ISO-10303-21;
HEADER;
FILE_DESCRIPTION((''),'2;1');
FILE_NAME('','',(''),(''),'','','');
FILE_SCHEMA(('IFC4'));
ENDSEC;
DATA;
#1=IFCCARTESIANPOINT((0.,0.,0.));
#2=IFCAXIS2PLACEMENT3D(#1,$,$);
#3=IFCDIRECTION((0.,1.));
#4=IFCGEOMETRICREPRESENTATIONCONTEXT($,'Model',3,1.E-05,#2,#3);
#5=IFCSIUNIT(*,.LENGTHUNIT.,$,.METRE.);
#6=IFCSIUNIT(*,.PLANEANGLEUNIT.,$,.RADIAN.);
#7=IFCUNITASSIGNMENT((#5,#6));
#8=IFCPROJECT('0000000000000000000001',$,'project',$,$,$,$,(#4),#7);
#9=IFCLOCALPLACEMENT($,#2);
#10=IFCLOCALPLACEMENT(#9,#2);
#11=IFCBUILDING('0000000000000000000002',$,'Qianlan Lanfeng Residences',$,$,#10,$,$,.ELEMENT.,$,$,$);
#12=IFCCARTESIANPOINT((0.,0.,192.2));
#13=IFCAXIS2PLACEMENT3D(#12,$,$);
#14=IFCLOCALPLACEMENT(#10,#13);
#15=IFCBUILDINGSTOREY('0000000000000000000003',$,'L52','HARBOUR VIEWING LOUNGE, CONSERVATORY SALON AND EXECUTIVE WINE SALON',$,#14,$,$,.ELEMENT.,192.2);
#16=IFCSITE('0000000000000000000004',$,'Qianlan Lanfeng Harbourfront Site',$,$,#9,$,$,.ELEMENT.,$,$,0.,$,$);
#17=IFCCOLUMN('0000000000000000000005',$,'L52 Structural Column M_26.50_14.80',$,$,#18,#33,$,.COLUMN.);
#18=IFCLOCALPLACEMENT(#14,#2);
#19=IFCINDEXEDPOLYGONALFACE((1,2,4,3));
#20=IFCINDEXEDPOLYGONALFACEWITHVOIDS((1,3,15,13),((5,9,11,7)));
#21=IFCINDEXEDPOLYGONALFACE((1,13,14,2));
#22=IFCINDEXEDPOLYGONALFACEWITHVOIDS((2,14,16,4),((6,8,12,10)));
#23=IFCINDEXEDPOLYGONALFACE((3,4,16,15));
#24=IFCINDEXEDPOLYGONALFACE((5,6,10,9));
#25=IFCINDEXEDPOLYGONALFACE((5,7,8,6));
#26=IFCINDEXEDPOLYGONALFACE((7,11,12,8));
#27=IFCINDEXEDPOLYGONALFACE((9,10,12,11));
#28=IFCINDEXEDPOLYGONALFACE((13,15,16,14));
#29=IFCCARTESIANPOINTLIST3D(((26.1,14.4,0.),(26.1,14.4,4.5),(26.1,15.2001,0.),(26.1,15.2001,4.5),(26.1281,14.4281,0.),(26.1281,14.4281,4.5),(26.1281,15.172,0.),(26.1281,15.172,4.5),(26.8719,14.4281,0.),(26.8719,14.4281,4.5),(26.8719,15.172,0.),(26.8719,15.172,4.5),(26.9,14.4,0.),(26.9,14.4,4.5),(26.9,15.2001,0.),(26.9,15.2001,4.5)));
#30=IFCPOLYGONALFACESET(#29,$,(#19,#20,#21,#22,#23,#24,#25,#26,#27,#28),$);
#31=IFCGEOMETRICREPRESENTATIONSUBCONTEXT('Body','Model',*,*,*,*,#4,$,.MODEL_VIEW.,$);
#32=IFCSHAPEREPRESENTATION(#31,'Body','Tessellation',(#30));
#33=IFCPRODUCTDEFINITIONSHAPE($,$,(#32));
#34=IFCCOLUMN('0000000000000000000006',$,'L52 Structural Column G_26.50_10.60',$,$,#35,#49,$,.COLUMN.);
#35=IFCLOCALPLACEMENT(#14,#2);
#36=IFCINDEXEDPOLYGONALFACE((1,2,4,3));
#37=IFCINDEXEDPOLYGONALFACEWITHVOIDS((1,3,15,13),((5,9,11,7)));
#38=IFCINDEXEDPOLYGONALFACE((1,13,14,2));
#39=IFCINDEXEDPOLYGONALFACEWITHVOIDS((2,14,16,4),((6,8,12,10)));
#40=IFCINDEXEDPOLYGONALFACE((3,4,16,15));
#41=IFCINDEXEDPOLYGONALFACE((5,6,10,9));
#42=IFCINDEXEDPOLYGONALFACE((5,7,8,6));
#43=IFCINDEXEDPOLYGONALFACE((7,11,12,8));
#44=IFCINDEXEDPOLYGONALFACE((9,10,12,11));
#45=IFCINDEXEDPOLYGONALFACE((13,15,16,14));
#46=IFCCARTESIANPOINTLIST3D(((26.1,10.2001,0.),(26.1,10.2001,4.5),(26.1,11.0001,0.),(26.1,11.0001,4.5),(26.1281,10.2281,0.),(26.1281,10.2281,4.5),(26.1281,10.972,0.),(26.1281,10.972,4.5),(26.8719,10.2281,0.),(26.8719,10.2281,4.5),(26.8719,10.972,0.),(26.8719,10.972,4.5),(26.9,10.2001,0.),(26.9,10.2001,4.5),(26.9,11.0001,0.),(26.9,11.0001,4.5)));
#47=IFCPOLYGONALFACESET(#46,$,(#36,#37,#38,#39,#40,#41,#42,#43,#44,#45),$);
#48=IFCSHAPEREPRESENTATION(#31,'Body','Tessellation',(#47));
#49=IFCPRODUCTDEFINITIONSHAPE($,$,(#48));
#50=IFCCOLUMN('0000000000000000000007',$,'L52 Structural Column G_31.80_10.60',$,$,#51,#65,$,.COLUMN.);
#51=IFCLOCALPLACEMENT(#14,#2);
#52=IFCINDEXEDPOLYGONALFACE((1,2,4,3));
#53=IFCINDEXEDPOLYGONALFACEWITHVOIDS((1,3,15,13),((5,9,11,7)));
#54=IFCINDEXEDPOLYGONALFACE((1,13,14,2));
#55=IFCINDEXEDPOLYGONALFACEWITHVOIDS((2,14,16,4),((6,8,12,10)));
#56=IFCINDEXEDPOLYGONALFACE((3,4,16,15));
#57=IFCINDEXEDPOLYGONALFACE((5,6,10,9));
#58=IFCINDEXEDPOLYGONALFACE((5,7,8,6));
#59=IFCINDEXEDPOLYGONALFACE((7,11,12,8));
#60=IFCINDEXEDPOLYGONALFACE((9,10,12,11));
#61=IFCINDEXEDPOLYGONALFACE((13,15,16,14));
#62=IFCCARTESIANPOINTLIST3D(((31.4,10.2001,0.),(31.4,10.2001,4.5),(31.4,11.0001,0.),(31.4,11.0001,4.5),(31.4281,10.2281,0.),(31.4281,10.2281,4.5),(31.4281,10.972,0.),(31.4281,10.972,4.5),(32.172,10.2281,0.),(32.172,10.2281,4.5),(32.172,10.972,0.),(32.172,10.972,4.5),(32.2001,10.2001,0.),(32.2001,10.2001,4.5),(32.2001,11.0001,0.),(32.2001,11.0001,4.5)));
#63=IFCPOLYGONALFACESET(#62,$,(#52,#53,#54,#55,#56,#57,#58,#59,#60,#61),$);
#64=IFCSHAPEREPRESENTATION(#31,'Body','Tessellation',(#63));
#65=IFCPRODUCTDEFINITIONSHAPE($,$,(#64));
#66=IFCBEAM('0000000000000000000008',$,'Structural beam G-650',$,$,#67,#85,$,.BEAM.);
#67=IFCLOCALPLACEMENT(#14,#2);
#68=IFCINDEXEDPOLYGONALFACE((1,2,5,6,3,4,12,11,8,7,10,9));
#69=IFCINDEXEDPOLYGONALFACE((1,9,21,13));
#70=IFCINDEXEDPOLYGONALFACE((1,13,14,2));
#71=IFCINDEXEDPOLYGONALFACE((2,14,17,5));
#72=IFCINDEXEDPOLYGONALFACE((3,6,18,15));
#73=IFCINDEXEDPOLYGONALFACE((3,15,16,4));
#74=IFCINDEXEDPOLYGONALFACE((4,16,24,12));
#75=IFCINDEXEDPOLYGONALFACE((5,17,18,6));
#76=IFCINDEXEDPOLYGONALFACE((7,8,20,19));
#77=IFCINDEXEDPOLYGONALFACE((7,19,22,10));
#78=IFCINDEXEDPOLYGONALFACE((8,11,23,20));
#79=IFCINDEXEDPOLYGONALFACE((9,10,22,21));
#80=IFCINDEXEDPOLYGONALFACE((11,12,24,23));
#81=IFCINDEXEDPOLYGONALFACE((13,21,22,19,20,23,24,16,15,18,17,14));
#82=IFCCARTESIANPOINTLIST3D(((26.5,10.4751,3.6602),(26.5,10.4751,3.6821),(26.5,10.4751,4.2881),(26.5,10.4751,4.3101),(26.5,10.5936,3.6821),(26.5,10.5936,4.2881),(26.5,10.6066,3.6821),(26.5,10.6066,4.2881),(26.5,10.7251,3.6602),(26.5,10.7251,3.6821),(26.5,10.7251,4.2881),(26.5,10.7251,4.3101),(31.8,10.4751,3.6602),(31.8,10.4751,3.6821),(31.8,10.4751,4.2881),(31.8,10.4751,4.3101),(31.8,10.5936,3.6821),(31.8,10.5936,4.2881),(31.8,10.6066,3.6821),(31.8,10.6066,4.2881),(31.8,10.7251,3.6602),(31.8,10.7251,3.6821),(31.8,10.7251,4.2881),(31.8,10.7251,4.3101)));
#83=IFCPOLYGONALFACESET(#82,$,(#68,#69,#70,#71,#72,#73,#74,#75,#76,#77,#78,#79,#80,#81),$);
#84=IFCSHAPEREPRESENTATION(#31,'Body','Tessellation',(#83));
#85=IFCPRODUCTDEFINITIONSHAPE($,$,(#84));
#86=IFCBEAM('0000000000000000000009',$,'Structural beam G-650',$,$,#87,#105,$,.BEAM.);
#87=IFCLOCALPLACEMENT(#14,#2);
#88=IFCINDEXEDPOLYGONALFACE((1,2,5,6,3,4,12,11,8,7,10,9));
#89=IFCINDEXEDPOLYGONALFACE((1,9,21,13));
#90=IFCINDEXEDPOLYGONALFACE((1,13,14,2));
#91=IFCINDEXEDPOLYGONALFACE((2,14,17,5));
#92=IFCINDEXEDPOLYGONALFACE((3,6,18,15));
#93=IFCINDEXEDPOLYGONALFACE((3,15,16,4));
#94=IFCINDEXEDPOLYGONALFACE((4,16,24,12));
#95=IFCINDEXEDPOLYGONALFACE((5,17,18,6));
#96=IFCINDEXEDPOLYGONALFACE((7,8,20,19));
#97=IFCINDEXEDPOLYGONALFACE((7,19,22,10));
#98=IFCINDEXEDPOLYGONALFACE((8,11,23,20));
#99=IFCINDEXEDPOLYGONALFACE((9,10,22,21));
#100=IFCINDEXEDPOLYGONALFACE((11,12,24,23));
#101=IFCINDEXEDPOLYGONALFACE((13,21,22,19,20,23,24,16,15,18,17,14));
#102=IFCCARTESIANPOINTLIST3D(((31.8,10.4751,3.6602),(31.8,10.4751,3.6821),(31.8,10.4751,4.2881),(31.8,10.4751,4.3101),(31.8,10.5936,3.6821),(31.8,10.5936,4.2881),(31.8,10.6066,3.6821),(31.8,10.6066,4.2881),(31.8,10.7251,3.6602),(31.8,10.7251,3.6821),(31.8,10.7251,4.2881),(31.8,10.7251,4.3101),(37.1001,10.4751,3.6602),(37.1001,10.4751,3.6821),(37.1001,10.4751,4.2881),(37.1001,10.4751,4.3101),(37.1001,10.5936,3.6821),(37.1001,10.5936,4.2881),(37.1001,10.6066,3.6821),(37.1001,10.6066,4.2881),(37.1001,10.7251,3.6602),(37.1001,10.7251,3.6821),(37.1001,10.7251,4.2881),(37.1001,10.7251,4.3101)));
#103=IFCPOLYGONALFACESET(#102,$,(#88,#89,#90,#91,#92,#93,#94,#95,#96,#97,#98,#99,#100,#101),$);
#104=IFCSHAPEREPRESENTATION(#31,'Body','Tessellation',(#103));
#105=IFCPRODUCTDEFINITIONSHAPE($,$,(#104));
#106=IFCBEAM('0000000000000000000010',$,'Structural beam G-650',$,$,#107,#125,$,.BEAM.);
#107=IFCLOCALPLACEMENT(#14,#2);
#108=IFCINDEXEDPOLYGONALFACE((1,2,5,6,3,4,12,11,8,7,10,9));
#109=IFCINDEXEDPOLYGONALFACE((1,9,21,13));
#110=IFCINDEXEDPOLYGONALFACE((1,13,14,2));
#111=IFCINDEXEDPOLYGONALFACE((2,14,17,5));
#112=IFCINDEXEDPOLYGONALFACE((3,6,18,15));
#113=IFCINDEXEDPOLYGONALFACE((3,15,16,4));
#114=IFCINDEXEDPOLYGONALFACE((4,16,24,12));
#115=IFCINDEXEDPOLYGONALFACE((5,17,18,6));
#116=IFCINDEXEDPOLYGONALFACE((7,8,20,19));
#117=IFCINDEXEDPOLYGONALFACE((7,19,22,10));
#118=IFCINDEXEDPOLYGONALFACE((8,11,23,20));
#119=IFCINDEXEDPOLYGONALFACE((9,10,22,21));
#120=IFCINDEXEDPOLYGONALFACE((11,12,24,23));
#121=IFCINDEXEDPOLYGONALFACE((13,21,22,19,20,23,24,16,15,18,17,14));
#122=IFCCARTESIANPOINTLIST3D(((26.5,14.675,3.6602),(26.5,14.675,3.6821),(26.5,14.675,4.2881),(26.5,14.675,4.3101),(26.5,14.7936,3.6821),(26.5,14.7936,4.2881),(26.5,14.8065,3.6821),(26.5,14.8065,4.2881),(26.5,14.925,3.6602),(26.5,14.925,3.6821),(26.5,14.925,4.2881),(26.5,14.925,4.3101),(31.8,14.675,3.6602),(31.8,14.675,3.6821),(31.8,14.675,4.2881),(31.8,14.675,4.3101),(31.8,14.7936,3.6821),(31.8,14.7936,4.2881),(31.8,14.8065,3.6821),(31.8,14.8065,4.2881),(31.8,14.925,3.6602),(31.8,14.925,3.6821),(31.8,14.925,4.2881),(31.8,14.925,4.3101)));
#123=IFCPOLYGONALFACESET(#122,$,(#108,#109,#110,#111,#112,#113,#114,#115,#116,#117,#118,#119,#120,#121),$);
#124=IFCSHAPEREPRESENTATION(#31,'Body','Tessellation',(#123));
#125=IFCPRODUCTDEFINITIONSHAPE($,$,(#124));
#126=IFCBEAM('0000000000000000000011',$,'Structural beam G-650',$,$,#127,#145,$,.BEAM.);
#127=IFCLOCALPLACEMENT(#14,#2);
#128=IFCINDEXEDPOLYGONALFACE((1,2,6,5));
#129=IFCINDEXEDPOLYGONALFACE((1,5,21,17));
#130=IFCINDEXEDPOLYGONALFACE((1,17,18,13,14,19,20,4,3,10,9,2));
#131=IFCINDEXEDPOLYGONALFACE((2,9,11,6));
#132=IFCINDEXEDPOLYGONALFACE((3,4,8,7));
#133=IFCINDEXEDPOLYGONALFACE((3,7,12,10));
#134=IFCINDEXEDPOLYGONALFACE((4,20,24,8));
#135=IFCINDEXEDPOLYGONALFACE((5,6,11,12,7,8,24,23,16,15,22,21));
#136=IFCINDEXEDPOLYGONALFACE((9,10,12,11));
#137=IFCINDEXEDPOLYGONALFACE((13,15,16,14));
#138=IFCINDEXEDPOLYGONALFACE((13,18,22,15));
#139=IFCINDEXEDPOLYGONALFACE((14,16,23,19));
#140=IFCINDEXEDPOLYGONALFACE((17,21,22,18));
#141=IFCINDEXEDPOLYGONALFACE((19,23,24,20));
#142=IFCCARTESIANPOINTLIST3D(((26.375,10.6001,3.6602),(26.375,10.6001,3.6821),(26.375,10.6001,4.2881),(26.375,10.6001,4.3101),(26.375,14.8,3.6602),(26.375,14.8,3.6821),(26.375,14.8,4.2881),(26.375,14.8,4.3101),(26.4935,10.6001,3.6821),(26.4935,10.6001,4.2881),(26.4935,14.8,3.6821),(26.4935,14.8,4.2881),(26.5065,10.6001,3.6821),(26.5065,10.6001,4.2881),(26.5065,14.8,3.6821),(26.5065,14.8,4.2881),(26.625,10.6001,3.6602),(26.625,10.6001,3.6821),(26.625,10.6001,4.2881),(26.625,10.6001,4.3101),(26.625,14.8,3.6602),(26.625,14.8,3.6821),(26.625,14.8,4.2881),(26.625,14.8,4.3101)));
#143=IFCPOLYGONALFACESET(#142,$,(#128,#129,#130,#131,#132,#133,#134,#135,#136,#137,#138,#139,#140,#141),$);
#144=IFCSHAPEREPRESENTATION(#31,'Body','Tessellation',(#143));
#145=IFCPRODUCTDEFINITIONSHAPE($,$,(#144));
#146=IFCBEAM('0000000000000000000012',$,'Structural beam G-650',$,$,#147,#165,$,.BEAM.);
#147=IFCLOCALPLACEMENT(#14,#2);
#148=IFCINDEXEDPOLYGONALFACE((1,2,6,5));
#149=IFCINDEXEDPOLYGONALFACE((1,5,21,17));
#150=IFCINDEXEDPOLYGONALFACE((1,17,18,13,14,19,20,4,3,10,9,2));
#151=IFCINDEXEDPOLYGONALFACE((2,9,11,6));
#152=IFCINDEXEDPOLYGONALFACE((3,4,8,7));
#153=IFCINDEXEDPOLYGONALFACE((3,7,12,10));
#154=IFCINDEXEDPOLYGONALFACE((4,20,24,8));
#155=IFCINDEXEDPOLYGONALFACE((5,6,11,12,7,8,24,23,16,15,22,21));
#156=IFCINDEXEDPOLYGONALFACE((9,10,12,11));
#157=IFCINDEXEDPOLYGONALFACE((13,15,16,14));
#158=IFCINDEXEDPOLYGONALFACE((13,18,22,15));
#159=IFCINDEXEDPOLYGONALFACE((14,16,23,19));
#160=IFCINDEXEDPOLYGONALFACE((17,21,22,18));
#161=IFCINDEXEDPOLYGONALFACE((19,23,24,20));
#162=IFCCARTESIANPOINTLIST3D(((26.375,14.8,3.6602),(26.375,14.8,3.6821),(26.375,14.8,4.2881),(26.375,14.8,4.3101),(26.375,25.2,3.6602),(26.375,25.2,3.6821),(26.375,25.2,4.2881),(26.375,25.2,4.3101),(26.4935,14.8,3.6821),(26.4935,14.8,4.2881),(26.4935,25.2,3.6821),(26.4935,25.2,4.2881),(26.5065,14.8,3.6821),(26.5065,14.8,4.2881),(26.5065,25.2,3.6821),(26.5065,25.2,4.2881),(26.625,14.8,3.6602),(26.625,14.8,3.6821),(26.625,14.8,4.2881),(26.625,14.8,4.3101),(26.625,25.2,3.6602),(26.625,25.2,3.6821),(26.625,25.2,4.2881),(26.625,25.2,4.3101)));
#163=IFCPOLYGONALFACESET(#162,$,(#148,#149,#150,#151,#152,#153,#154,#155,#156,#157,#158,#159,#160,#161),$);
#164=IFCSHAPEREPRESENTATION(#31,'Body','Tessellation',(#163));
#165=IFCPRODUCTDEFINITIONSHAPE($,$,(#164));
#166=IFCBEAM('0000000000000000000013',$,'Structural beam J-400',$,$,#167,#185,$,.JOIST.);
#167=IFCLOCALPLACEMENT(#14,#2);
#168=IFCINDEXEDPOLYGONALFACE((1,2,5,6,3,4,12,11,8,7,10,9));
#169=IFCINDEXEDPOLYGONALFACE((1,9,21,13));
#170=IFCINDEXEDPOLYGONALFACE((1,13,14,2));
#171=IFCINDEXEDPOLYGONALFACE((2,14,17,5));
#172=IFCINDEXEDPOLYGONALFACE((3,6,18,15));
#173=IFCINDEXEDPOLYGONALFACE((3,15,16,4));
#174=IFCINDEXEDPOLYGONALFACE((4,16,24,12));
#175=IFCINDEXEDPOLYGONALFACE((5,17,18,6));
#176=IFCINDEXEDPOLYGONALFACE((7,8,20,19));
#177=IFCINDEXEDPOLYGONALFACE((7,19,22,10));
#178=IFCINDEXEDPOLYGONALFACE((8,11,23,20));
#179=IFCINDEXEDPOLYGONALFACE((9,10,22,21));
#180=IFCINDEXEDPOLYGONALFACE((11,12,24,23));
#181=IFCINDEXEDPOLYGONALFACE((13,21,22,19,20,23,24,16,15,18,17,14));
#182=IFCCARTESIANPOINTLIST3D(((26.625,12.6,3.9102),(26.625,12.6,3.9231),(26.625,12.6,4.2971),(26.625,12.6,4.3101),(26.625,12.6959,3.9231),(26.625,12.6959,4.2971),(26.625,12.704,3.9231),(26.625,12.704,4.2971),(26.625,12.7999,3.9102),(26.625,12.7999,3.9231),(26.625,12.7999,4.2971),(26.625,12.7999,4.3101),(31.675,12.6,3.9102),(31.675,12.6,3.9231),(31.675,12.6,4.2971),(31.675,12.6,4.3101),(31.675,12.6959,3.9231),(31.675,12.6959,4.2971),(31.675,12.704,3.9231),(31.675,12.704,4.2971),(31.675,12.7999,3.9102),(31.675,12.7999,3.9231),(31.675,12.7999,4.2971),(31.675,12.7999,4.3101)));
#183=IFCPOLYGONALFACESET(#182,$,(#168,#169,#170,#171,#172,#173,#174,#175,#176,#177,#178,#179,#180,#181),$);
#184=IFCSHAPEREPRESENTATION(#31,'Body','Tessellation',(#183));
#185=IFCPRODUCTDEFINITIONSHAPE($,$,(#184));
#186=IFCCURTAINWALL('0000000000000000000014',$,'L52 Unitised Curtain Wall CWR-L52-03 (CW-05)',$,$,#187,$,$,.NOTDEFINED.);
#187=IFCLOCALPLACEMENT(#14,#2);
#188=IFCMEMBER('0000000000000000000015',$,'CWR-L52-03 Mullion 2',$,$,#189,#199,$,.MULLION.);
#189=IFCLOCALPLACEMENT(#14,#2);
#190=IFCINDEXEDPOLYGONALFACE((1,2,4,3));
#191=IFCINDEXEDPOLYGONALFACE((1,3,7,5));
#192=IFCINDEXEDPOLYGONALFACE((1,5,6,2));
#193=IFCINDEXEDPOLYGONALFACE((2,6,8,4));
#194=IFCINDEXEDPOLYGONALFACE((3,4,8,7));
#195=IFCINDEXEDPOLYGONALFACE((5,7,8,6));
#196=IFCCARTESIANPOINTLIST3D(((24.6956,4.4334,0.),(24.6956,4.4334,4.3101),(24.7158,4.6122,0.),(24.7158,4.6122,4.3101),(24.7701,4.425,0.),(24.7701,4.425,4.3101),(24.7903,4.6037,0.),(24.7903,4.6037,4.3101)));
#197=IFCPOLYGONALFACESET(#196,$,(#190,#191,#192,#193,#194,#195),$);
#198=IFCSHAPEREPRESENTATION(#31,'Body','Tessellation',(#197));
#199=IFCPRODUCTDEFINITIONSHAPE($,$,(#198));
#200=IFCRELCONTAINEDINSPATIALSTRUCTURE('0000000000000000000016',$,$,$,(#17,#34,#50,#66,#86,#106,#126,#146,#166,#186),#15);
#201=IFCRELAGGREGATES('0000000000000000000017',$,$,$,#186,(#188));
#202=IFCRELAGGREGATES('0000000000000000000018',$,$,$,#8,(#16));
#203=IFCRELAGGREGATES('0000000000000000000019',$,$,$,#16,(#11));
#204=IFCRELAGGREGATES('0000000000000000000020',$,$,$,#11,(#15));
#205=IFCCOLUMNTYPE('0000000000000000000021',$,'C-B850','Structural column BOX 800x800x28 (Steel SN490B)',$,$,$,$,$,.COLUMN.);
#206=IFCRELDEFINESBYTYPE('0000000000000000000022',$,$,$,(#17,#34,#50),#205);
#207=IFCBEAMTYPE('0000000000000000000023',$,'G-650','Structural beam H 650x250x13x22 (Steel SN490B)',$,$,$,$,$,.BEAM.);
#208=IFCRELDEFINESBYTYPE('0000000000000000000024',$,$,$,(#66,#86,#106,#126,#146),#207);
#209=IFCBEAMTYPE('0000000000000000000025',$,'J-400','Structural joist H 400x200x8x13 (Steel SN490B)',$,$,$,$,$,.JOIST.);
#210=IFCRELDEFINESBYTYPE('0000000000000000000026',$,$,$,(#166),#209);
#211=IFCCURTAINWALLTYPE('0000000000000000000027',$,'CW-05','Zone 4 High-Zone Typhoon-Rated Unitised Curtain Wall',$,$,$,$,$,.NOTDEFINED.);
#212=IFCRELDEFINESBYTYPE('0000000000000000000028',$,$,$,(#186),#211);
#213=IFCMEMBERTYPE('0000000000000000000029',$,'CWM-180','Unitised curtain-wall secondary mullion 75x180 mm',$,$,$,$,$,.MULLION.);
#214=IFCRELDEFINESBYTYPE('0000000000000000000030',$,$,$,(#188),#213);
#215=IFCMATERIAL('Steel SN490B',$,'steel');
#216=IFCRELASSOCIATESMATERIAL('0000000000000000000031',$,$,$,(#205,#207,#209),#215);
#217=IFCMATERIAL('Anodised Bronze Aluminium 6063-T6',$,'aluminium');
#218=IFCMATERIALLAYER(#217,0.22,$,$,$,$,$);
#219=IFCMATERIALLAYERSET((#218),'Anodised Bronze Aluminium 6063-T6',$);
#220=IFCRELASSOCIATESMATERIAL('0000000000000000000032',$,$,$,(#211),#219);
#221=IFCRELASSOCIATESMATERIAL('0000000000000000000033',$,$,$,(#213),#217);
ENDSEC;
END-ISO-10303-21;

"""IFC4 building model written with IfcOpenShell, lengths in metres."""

from ifc_helpers import new_model, si_unit, direction, frame, origin, origin_2d, place, context, subcontext, project, spatial, rectangle, hollow_rectangle, i_section, extrude, source, transform, mapped, material, layer, layer_set, material_profile, profile_set, type_object, element, aggregate, save


model = new_model("IFC4")

# Units and contexts
model_context = context("Model", 3, precision=1e-05, world=origin(), true_north=direction((0.0, 1.0)))
body_context = subcontext(model_context, "Body", "Model", "MODEL_VIEW")
ifc_project = project(units=[si_unit("LENGTHUNIT", "METRE"), si_unit("PLANEANGLEUNIT", "RADIAN")], contexts=[model_context])

# Site, building, storey
site_placement = place(None, origin())
site = spatial("IfcSite", under=ifc_project, at=site_placement, Name="Qianlan Lanfeng Harbourfront Site", CompositionType="ELEMENT", RefElevation=0.0)
building_placement = place(site_placement, origin())
building = spatial("IfcBuilding", under=site, at=building_placement, Name="Qianlan Lanfeng Residences", CompositionType="ELEMENT")
storey_placement = place(building_placement, frame((0.0, 0.0, 192.2)))
storey = spatial("IfcBuildingStorey", under=building, at=storey_placement, Name="L52", Description="HARBOUR VIEWING LOUNGE, CONSERVATORY SALON AND EXECUTIVE WINE SALON", CompositionType="ELEMENT", Elevation=192.2)

# Columns
ifc_material_1 = material(Name="Steel SN490B", Category="steel")
ifc_material_profile_1 = material_profile(ifc_material_1, hollow_rectangle(XDim=0.8, YDim=0.8, WallThickness=0.0281, at=origin_2d()), Name="BOX 800x800x28")
ifc_profile_set_1 = profile_set([ifc_material_profile_1], Name="Steel SN490B")
column_type = type_object("IfcColumnType", Name="C-B850", Description="Structural column BOX 800x800x28 (Steel SN490B)", PredefinedType="COLUMN", material=ifc_profile_set_1)
for number, where, z_axis, x_axis, name in (
    (1, (26.5, 14.8, 0.0), (0.0, 0.0, 1.0), (1.0, 0.0, 0.0), "L52 Structural Column M_26.50_14.80"),
    (2, (26.5, 10.6001, 0.0), (0.0, 0.0, 1.0), (1.0, 0.0, 0.0), "L52 Structural Column G_26.50_10.60"),
    (3, (31.8, 10.6001, 0.0), (0.0, 0.0, 1.0), (1.0, 0.0, 0.0), "L52 Structural Column G_31.80_10.60"),
):
    element("IfcColumn", number, at=place(storey_placement, frame(where, z_axis=z_axis, x_axis=x_axis)), inside=storey, type_object=column_type, Name=name, PredefinedType="COLUMN", context=body_context, shape_type="SweptSolid", body=[
        extrude(hollow_rectangle(XDim=0.8, YDim=0.8, WallThickness=0.0281, at=origin_2d()), origin(), (0.0, 0.0, 1.0), 4.5),
    ])

# Beams
ifc_material_profile_2 = material_profile(ifc_material_1, i_section(OverallWidth=0.25, OverallDepth=0.6499, WebThickness=0.0129, FlangeThickness=0.022, at=origin_2d()), Name="H 650x250x13x22")
ifc_profile_set_2 = profile_set([ifc_material_profile_2], Name="Steel SN490B")
beam_type_1 = type_object("IfcBeamType", Name="G-650", Description="Structural beam H 650x250x13x22 (Steel SN490B)", PredefinedType="BEAM", material=ifc_profile_set_2)
for number, where, z_axis, x_axis, name in (
    (4, (26.5, 10.6001, 3.9851), (1.0, 0.0, 0.0), (0.0, 1.0, 0.0), "Structural beam G-650"),
    (5, (31.8, 10.6001, 3.9851), (1.0, 0.0, 0.0), (0.0, 1.0, 0.0), "Structural beam G-650"),
    (6, (26.5, 14.8, 3.9851), (1.0, 0.0, 0.0), (0.0, 1.0, 0.0), "Structural beam G-650"),
):
    element("IfcBeam", number, at=place(storey_placement, frame(where, z_axis=z_axis, x_axis=x_axis)), inside=storey, type_object=beam_type_1, Name=name, PredefinedType="BEAM", context=body_context, shape_type="SweptSolid", body=[
        extrude(i_section(OverallWidth=0.25, OverallDepth=0.6499, WebThickness=0.0129, FlangeThickness=0.022, at=origin_2d()), origin(), (0.0, 0.0, 1.0), 5.3),
    ])
beam_1_placement = place(storey_placement, frame((26.5, 10.6001, 3.9851), z_axis=(0.0, 1.0, 0.0), x_axis=(-1.0, 0.0, 0.0)))
element("IfcBeam", 7, at=beam_1_placement, inside=storey, type_object=beam_type_1, Name="Structural beam G-650", PredefinedType="BEAM", context=body_context, shape_type="SweptSolid", body=[
    extrude(i_section(OverallWidth=0.25, OverallDepth=0.6499, WebThickness=0.0129, FlangeThickness=0.022, at=origin_2d()), origin(), (0.0, 0.0, 1.0), 4.2),
])
beam_2_placement = place(storey_placement, frame((26.5, 14.8, 3.9851), z_axis=(0.0, 1.0, 0.0), x_axis=(-1.0, 0.0, 0.0)))
element("IfcBeam", 8, at=beam_2_placement, inside=storey, type_object=beam_type_1, Name="Structural beam G-650", PredefinedType="BEAM", context=body_context, shape_type="SweptSolid", body=[
    extrude(i_section(OverallWidth=0.25, OverallDepth=0.6499, WebThickness=0.0129, FlangeThickness=0.022, at=origin_2d()), origin(), (0.0, 0.0, 1.0), 10.3999),
])
ifc_material_profile_3 = material_profile(ifc_material_1, i_section(OverallWidth=0.2, OverallDepth=0.3999, WebThickness=0.0081, FlangeThickness=0.0129, at=origin_2d()), Name="H 400x200x8x13")
ifc_profile_set_3 = profile_set([ifc_material_profile_3], Name="Steel SN490B")
beam_type_2 = type_object("IfcBeamType", Name="J-400", Description="Structural joist H 400x200x8x13 (Steel SN490B)", PredefinedType="JOIST", material=ifc_profile_set_3)
beam_3_placement = place(storey_placement, frame((26.625, 12.7, 4.1101), z_axis=(1.0, 0.0, 0.0), x_axis=(0.0, 1.0, 0.0)))
element("IfcBeam", 9, at=beam_3_placement, inside=storey, type_object=beam_type_2, Name="Structural beam J-400", PredefinedType="JOIST", context=body_context, shape_type="SweptSolid", body=[
    extrude(i_section(OverallWidth=0.2, OverallDepth=0.3999, WebThickness=0.0081, FlangeThickness=0.0129, at=origin_2d()), origin(), (0.0, 0.0, 1.0), 5.05),
])

# Curtain wall, member
ifc_material_2 = material(Name="Anodised Bronze Aluminium 6063-T6", Category="aluminium")
ifc_layer_1 = layer(ifc_material_2, 0.22)
ifc_layer_set_1 = layer_set([ifc_layer_1], Name="Anodised Bronze Aluminium 6063-T6")
curtain_wall_type = type_object("IfcCurtainWallType", Name="CW-05", Description="Zone 4 High-Zone Typhoon-Rated Unitised Curtain Wall", PredefinedType="NOTDEFINED", material=ifc_layer_set_1)
curtain_wall_1_placement = place(storey_placement, origin())
curtain_wall_1 = element("IfcCurtainWall", 10, at=curtain_wall_1_placement, inside=storey, type_object=curtain_wall_type, Name="L52 Unitised Curtain Wall CWR-L52-03 (CW-05)", PredefinedType="NOTDEFINED")
ifc_material_profile_4 = material_profile(ifc_material_2, rectangle(XDim=0.075, YDim=0.1799, at=origin_2d()), Name="ALU MULLION 75x180")
ifc_profile_set_4 = profile_set([ifc_material_profile_4], Name="Anodised Bronze Aluminium 6063-T6")
member_type_1 = type_object("IfcMemberType", Name="CWM-180", Description="Unitised curtain-wall secondary mullion 75x180 mm", PredefinedType="MULLION", material=ifc_profile_set_4)
shared_shape_1 = source(origin(), body_context, "Body", "SweptSolid", [
    extrude(rectangle(XDim=0.075, YDim=0.1799, at=origin_2d()), origin(), (0.0, 0.0, 1.0), 4.3101),
])
member_1_placement = place(storey_placement, frame((24.7429, 4.5186, 0.0), z_axis=(0.0, 0.0, 1.0), x_axis=(0.993678, -0.112263, 0.0)))
member_1 = element("IfcMember", 11, at=member_1_placement, type_object=member_type_1, Name="CWR-L52-03 Mullion 2", PredefinedType="MULLION", context=body_context, shape_type="MappedRepresentation", body=[
    mapped(shared_shape_1, transform((0.0, 0.0, 0.0), scale=1.0)),
])

aggregate(curtain_wall_1, [member_1])

save(model, "model.ifc")
